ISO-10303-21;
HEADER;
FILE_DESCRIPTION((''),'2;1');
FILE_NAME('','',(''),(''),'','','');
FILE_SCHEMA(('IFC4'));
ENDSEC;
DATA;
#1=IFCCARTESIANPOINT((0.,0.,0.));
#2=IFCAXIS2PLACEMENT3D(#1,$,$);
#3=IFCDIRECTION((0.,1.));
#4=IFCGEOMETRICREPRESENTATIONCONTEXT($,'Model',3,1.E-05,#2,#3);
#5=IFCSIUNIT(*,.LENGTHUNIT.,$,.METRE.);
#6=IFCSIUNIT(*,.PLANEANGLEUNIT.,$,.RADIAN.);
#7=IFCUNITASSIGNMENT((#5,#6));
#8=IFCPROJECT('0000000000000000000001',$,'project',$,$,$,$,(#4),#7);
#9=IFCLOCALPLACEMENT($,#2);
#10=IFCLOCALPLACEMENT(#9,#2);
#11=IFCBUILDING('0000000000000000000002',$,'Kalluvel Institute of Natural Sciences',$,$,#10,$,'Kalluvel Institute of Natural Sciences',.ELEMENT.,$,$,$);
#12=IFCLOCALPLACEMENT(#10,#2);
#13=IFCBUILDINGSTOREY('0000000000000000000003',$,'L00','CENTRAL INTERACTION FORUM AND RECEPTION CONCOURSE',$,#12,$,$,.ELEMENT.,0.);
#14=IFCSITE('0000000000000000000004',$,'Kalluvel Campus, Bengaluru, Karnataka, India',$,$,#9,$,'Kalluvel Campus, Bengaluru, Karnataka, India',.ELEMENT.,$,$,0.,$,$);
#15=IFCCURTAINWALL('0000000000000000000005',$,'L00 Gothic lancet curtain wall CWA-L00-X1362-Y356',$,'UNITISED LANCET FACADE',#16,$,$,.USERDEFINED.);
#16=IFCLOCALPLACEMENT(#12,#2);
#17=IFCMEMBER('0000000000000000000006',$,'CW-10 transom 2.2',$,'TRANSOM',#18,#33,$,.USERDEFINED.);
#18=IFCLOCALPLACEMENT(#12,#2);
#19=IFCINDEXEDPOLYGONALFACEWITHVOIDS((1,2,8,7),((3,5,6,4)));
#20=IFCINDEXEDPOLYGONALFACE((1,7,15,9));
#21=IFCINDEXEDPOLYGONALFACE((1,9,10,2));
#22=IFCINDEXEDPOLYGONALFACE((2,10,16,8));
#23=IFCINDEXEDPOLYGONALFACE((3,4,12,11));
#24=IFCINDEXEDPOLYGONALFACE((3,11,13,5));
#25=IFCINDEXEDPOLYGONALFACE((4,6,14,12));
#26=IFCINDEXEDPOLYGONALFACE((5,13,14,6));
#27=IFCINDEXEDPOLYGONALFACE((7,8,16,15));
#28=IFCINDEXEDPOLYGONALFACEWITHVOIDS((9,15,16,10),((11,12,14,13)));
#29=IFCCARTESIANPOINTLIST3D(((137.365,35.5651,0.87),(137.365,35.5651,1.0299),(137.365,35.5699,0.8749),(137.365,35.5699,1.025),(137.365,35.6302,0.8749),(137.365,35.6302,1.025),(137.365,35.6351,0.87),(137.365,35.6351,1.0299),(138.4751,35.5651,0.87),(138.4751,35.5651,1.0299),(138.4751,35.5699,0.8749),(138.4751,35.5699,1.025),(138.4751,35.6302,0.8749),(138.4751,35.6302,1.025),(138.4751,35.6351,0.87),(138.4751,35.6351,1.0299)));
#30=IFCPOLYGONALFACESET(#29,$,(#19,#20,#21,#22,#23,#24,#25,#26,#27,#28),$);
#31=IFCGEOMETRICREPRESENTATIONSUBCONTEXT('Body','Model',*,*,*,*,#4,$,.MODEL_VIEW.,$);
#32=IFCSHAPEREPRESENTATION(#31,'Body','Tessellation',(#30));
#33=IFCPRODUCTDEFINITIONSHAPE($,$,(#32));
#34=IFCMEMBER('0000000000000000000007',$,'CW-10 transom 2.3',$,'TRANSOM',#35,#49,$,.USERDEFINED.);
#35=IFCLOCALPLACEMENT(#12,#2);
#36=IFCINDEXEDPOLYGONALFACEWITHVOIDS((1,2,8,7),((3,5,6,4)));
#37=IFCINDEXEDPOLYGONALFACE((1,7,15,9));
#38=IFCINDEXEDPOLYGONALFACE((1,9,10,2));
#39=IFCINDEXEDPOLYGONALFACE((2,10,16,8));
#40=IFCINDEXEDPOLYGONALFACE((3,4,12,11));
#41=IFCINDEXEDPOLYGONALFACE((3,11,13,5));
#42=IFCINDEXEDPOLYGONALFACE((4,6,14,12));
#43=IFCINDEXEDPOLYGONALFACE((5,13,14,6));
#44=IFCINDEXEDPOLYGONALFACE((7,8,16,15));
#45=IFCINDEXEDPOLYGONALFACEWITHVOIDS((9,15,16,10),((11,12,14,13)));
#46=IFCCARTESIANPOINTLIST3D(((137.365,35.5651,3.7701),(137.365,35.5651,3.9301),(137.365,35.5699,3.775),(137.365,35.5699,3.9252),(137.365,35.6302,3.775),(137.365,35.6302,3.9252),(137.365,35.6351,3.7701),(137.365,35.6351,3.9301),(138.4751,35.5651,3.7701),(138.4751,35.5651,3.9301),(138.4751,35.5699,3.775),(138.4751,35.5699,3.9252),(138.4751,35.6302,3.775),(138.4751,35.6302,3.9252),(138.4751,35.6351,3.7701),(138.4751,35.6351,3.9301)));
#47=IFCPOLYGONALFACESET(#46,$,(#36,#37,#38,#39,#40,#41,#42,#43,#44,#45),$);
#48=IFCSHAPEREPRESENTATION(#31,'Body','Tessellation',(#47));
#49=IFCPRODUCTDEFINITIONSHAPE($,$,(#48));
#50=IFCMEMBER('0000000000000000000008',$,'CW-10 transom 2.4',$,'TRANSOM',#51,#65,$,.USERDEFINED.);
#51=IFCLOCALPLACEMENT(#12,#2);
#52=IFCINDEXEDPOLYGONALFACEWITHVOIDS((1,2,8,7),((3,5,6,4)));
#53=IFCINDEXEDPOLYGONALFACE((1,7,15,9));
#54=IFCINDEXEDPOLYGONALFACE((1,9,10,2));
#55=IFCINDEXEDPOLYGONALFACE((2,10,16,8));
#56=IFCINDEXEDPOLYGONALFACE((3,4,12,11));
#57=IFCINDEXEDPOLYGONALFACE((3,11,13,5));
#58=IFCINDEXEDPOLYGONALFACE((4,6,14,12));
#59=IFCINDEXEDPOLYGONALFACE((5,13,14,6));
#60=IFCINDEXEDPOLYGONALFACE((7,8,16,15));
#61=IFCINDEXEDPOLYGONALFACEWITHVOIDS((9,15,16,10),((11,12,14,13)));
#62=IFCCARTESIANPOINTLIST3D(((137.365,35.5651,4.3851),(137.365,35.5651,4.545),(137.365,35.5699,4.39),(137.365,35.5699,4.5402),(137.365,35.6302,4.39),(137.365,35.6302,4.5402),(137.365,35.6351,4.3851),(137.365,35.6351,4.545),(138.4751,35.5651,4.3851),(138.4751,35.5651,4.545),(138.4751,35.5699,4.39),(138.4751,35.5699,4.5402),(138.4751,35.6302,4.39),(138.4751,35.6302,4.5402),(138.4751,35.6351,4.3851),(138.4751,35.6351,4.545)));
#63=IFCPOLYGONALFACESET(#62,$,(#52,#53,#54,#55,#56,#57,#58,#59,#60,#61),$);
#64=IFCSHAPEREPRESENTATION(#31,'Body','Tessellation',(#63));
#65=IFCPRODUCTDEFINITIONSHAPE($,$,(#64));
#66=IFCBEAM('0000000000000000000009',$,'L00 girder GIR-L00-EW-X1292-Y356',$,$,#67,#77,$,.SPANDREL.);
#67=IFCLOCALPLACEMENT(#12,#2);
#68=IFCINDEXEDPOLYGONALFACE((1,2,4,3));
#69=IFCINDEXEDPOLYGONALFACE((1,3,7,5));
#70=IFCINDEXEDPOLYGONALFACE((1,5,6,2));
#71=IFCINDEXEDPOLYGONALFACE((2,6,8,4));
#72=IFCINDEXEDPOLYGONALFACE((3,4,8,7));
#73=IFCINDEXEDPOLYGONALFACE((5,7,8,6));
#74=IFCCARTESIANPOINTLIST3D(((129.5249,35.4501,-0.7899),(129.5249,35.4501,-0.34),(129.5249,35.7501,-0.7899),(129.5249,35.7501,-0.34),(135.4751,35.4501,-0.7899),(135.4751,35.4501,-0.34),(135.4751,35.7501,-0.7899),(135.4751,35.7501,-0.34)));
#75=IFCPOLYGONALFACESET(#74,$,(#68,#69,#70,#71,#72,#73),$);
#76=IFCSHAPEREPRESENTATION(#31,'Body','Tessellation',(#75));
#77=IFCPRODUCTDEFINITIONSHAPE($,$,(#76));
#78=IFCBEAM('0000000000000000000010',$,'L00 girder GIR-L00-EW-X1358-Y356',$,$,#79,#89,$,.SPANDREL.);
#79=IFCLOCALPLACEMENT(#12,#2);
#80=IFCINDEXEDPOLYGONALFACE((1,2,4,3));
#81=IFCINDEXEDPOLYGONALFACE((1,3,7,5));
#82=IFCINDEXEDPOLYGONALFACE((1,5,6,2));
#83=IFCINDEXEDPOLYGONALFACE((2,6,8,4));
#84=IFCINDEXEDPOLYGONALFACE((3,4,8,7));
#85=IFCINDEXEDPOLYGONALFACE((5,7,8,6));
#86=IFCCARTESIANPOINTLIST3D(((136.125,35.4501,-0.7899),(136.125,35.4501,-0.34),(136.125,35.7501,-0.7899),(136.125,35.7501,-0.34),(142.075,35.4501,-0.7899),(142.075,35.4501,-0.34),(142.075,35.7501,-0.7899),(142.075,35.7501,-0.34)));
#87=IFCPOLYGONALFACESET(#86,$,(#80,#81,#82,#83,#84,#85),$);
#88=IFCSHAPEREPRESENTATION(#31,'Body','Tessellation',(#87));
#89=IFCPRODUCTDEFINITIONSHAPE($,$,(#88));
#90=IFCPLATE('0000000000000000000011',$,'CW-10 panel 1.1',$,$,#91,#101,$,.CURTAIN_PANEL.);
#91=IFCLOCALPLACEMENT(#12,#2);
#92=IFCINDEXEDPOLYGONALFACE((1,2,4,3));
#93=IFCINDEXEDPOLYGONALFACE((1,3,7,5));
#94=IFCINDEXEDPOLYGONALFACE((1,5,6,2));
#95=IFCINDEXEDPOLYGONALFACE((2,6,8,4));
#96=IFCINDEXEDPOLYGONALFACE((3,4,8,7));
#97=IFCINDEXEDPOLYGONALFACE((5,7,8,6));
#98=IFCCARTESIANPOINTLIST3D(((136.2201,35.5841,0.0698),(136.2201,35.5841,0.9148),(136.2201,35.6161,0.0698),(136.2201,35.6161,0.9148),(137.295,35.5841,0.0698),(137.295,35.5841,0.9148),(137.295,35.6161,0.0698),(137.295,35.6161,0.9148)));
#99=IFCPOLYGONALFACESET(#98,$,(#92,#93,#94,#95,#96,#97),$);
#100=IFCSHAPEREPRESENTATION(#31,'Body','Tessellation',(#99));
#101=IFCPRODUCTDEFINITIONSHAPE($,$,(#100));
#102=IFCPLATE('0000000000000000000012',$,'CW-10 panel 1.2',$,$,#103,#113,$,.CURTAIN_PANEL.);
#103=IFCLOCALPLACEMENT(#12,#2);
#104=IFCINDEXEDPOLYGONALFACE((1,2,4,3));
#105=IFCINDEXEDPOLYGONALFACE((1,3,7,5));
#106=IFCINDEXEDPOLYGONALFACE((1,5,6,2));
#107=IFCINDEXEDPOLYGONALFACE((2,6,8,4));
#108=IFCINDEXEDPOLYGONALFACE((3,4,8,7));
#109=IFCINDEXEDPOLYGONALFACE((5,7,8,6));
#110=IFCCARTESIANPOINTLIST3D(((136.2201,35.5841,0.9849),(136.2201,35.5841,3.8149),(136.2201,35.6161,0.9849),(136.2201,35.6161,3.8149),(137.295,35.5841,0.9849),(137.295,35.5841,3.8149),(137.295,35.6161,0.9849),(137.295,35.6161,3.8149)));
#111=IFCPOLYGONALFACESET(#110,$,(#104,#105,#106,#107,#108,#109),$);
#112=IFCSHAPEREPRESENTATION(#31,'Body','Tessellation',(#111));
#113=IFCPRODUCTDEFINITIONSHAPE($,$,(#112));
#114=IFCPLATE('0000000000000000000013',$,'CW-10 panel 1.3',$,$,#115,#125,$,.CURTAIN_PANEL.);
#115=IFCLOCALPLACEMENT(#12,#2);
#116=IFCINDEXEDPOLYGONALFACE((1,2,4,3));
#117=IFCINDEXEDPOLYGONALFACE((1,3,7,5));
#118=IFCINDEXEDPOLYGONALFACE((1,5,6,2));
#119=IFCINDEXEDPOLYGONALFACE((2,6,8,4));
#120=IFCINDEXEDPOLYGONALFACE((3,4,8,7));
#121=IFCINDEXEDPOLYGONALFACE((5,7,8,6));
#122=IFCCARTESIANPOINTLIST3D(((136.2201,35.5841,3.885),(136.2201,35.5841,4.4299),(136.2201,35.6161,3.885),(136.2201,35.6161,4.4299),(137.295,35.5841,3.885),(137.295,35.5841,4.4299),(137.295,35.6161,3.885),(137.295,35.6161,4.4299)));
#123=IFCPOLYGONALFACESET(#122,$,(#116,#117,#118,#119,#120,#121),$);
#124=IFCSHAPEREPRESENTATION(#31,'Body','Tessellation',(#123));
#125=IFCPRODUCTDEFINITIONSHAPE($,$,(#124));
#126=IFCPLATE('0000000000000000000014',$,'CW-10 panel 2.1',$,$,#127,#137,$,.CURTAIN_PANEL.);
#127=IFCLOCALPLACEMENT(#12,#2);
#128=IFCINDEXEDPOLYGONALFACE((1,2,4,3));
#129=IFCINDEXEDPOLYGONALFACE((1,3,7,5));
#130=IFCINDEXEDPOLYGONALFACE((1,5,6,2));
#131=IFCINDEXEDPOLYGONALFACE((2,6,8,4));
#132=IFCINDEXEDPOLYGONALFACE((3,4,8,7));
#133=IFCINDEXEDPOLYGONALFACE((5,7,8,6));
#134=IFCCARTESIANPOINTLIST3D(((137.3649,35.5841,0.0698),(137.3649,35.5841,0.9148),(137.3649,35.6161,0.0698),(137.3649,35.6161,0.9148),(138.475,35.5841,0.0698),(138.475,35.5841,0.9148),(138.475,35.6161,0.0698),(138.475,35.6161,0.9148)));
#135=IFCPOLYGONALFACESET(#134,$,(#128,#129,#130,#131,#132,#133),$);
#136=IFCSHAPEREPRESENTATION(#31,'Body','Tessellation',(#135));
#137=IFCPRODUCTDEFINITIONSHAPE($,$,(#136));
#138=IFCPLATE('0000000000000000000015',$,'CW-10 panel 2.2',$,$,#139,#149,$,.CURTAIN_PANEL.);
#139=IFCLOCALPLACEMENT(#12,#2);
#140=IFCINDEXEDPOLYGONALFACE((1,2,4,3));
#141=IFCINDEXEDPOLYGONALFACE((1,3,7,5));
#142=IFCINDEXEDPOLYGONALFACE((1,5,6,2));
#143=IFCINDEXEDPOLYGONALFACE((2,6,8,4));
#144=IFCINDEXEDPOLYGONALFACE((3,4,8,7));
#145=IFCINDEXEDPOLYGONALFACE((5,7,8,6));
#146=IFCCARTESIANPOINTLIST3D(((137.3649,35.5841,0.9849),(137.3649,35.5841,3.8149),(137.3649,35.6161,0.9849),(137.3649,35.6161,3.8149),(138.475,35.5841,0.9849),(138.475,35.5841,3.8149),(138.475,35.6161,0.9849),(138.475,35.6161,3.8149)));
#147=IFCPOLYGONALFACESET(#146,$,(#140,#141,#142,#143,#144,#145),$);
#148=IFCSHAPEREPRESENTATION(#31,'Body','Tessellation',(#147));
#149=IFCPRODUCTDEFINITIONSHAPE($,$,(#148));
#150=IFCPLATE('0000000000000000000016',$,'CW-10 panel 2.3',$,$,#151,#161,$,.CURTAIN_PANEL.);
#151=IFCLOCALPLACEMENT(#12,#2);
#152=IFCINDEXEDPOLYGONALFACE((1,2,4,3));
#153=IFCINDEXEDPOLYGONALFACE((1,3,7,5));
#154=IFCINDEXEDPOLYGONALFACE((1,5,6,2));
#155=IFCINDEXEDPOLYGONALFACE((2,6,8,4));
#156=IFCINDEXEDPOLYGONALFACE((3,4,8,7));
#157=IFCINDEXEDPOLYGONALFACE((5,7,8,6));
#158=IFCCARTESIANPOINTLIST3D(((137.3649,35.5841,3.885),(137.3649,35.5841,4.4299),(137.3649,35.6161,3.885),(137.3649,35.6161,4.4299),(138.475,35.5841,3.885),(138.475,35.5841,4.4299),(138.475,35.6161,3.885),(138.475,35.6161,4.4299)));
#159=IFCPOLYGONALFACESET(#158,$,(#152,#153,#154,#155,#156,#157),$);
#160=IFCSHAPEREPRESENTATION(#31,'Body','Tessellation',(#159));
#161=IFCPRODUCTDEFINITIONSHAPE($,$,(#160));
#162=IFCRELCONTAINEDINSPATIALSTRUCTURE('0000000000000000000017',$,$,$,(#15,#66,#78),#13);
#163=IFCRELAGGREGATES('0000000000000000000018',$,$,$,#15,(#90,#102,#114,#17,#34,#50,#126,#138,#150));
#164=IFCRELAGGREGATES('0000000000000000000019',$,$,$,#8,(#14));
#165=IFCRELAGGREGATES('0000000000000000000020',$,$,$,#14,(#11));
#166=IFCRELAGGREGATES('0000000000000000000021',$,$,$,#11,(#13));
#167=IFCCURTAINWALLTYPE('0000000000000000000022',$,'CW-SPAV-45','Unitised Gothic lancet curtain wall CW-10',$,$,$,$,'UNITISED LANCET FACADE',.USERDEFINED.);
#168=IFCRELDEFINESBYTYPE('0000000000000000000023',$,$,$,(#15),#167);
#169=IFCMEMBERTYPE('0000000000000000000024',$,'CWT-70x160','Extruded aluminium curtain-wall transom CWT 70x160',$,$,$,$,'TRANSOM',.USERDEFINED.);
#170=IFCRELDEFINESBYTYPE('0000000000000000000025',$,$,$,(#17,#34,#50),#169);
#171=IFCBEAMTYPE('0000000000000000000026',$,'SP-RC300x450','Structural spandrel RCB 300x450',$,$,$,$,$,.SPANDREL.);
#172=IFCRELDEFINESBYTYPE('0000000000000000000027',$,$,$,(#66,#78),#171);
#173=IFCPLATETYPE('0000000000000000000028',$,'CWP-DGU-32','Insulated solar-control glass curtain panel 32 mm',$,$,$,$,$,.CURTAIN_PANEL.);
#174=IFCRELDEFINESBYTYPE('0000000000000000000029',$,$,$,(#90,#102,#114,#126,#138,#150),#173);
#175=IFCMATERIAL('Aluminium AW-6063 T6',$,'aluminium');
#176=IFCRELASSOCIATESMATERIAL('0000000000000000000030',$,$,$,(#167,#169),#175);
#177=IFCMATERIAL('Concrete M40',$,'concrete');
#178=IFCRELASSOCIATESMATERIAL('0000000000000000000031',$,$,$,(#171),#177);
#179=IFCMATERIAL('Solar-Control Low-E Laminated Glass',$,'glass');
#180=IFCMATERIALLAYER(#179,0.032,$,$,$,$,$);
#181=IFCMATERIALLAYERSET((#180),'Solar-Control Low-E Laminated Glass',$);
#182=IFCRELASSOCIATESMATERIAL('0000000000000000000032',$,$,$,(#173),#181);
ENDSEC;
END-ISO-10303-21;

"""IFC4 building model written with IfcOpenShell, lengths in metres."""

from ifc_helpers import new_model, si_unit, direction, frame, origin, origin_2d, place, context, subcontext, project, spatial, rectangle, hollow_rectangle, extrude, material, layer, layer_set, material_profile, profile_set, type_object, element, aggregate, save


model = new_model("IFC4")

# Units and contexts
model_context = context("Model", 3, precision=1e-05, world=origin(), true_north=direction((0.0, 1.0)))
body_context = subcontext(model_context, "Body", "Model", "MODEL_VIEW")
ifc_project = project(units=[si_unit("LENGTHUNIT", "METRE"), si_unit("PLANEANGLEUNIT", "RADIAN")], contexts=[model_context])

# Site, building, storey
site_placement = place(None, origin())
site = spatial("IfcSite", under=ifc_project, at=site_placement, Name="Kalluvel Campus, Bengaluru, Karnataka, India", LongName="Kalluvel Campus, Bengaluru, Karnataka, India", CompositionType="ELEMENT", RefElevation=0.0)
building_placement = place(site_placement, origin())
building = spatial("IfcBuilding", under=site, at=building_placement, Name="Kalluvel Institute of Natural Sciences", LongName="Kalluvel Institute of Natural Sciences", CompositionType="ELEMENT")
storey_placement = place(building_placement, origin())
storey = spatial("IfcBuildingStorey", under=building, at=storey_placement, Name="L00", Description="CENTRAL INTERACTION FORUM AND RECEPTION CONCOURSE", CompositionType="ELEMENT", Elevation=0.0)

# Shared definitions
ifc_material_1 = material(Name="Concrete M40", Category="concrete")

# Curtain wall, members
ifc_material_2 = material(Name="Aluminium AW-6063 T6", Category="aluminium")
curtain_wall_type = type_object("IfcCurtainWallType", Name="CW-SPAV-45", Description="Unitised Gothic lancet curtain wall CW-10", ElementType="UNITISED LANCET FACADE", PredefinedType="USERDEFINED", material=ifc_material_2)
curtain_wall_placement = place(storey_placement, origin())
curtain_wall = element("IfcCurtainWall", 1, at=curtain_wall_placement, inside=storey, type_object=curtain_wall_type, Name="L00 Gothic lancet curtain wall CWA-L00-X1362-Y356", ObjectType="UNITISED LANCET FACADE", PredefinedType="USERDEFINED")
ifc_material_profile_1 = material_profile(ifc_material_2, hollow_rectangle(XDim=0.0701, YDim=0.1599, WallThickness=0.0049, at=origin_2d()), Name="CWT 70x160")
ifc_profile_set_1 = profile_set([ifc_material_profile_1], Name="Aluminium AW-6063 T6")
member_type_1 = type_object("IfcMemberType", Name="CWT-70x160", Description="Extruded aluminium curtain-wall transom CWT 70x160", ElementType="TRANSOM", PredefinedType="USERDEFINED", material=ifc_profile_set_1)
member_1_placement = place(storey_placement, frame((137.365, 35.6001, 0.95), z_axis=(1.0, 0.0, 0.0), x_axis=(0.0, 1.0, 0.0)))
member_1 = element("IfcMember", 2, at=member_1_placement, type_object=member_type_1, Name="CW-10 transom 2.2", ObjectType="TRANSOM", PredefinedType="USERDEFINED", context=body_context, shape_type="SweptSolid", body=[
    extrude(hollow_rectangle(XDim=0.0701, YDim=0.1599, WallThickness=0.0049, at=origin_2d()), origin(), (0.0, 0.0, 1.0), 1.1101),
])
member_2_placement = place(storey_placement, frame((137.365, 35.6001, 3.8501), z_axis=(1.0, 0.0, 0.0), x_axis=(0.0, 1.0, 0.0)))
member_2 = element("IfcMember", 3, at=member_2_placement, type_object=member_type_1, Name="CW-10 transom 2.3", ObjectType="TRANSOM", PredefinedType="USERDEFINED", context=body_context, shape_type="SweptSolid", body=[
    extrude(hollow_rectangle(XDim=0.0701, YDim=0.1599, WallThickness=0.0049, at=origin_2d()), origin(), (0.0, 0.0, 1.0), 1.1101),
])
member_3_placement = place(storey_placement, frame((137.365, 35.6001, 4.4651), z_axis=(1.0, 0.0, 0.0), x_axis=(0.0, 1.0, 0.0)))
member_3 = element("IfcMember", 4, at=member_3_placement, type_object=member_type_1, Name="CW-10 transom 2.4", ObjectType="TRANSOM", PredefinedType="USERDEFINED", context=body_context, shape_type="SweptSolid", body=[
    extrude(hollow_rectangle(XDim=0.0701, YDim=0.1599, WallThickness=0.0049, at=origin_2d()), origin(), (0.0, 0.0, 1.0), 1.1101),
])

# Beams
ifc_material_profile_2 = material_profile(ifc_material_1, rectangle(XDim=0.3, YDim=0.45, at=origin_2d()), Name="RCB 300x450")
ifc_profile_set_2 = profile_set([ifc_material_profile_2], Name="Concrete M40")
beam_type = type_object("IfcBeamType", Name="SP-RC300x450", Description="Structural spandrel RCB 300x450", PredefinedType="SPANDREL", material=ifc_profile_set_2)
beam_1_placement = place(storey_placement, frame((129.5249, 35.6001, -0.5649), z_axis=(1.0, 0.0, 0.0), x_axis=(0.0, 1.0, 0.0)))
element("IfcBeam", 5, at=beam_1_placement, inside=storey, type_object=beam_type, Name="L00 girder GIR-L00-EW-X1292-Y356", PredefinedType="SPANDREL", context=body_context, shape_type="SweptSolid", body=[
    extrude(rectangle(XDim=0.3, YDim=0.45, at=origin_2d()), origin(), (0.0, 0.0, 1.0), 5.9502),
])
beam_2_placement = place(storey_placement, frame((136.125, 35.6001, -0.5649), z_axis=(1.0, 0.0, 0.0), x_axis=(0.0, 1.0, 0.0)))
element("IfcBeam", 6, at=beam_2_placement, inside=storey, type_object=beam_type, Name="L00 girder GIR-L00-EW-X1358-Y356", PredefinedType="SPANDREL", context=body_context, shape_type="SweptSolid", body=[
    extrude(rectangle(XDim=0.3, YDim=0.45, at=origin_2d()), origin(), (0.0, 0.0, 1.0), 5.95),
])

# Plates
ifc_material_3 = material(Name="Solar-Control Low-E Laminated Glass", Category="glass")
ifc_layer_1 = layer(ifc_material_3, 0.032)
ifc_layer_set_1 = layer_set([ifc_layer_1], Name="Solar-Control Low-E Laminated Glass")
plate_type = type_object("IfcPlateType", Name="CWP-DGU-32", Description="Insulated solar-control glass curtain panel 32 mm", PredefinedType="CURTAIN_PANEL", material=ifc_layer_set_1)
plate_1_placement = place(storey_placement, frame((136.7576, 35.6001, 0.0698), z_axis=(0.0, 0.0, 1.0), x_axis=(1.0, 0.0, 0.0)))
plate_1 = element("IfcPlate", 7, at=plate_1_placement, type_object=plate_type, Name="CW-10 panel 1.1", PredefinedType="CURTAIN_PANEL", context=body_context, shape_type="SweptSolid", body=[
    extrude(rectangle(XDim=1.075, YDim=0.032, at=origin_2d()), origin(), (0.0, 0.0, 1.0), 0.845),
])
plate_2_placement = place(storey_placement, frame((136.7576, 35.6001, 0.9849), z_axis=(0.0, 0.0, 1.0), x_axis=(1.0, 0.0, 0.0)))
plate_2 = element("IfcPlate", 8, at=plate_2_placement, type_object=plate_type, Name="CW-10 panel 1.2", PredefinedType="CURTAIN_PANEL", context=body_context, shape_type="SweptSolid", body=[
    extrude(rectangle(XDim=1.075, YDim=0.032, at=origin_2d()), origin(), (0.0, 0.0, 1.0), 2.8301),
])
plate_3_placement = place(storey_placement, frame((136.7576, 35.6001, 3.885), z_axis=(0.0, 0.0, 1.0), x_axis=(1.0, 0.0, 0.0)))
plate_3 = element("IfcPlate", 9, at=plate_3_placement, type_object=plate_type, Name="CW-10 panel 1.3", PredefinedType="CURTAIN_PANEL", context=body_context, shape_type="SweptSolid", body=[
    extrude(rectangle(XDim=1.075, YDim=0.032, at=origin_2d()), origin(), (0.0, 0.0, 1.0), 0.5449),
])
plate_4_placement = place(storey_placement, frame((137.9199, 35.6001, 0.0698), z_axis=(0.0, 0.0, 1.0), x_axis=(1.0, 0.0, 0.0)))
plate_4 = element("IfcPlate", 10, at=plate_4_placement, type_object=plate_type, Name="CW-10 panel 2.1", PredefinedType="CURTAIN_PANEL", context=body_context, shape_type="SweptSolid", body=[
    extrude(rectangle(XDim=1.1101, YDim=0.032, at=origin_2d()), origin(), (0.0, 0.0, 1.0), 0.845),
])
plate_5_placement = place(storey_placement, frame((137.9199, 35.6001, 0.9849), z_axis=(0.0, 0.0, 1.0), x_axis=(1.0, 0.0, 0.0)))
plate_5 = element("IfcPlate", 11, at=plate_5_placement, type_object=plate_type, Name="CW-10 panel 2.2", PredefinedType="CURTAIN_PANEL", context=body_context, shape_type="SweptSolid", body=[
    extrude(rectangle(XDim=1.1101, YDim=0.032, at=origin_2d()), origin(), (0.0, 0.0, 1.0), 2.8301),
])
plate_6_placement = place(storey_placement, frame((137.9199, 35.6001, 3.885), z_axis=(0.0, 0.0, 1.0), x_axis=(1.0, 0.0, 0.0)))
plate_6 = element("IfcPlate", 12, at=plate_6_placement, type_object=plate_type, Name="CW-10 panel 2.3", PredefinedType="CURTAIN_PANEL", context=body_context, shape_type="SweptSolid", body=[
    extrude(rectangle(XDim=1.1101, YDim=0.032, at=origin_2d()), origin(), (0.0, 0.0, 1.0), 0.5449),
])
aggregate(curtain_wall, [plate_1, plate_2, plate_3, member_1, member_2, member_3, plate_4, plate_5, plate_6])

save(model, "model.ifc")
